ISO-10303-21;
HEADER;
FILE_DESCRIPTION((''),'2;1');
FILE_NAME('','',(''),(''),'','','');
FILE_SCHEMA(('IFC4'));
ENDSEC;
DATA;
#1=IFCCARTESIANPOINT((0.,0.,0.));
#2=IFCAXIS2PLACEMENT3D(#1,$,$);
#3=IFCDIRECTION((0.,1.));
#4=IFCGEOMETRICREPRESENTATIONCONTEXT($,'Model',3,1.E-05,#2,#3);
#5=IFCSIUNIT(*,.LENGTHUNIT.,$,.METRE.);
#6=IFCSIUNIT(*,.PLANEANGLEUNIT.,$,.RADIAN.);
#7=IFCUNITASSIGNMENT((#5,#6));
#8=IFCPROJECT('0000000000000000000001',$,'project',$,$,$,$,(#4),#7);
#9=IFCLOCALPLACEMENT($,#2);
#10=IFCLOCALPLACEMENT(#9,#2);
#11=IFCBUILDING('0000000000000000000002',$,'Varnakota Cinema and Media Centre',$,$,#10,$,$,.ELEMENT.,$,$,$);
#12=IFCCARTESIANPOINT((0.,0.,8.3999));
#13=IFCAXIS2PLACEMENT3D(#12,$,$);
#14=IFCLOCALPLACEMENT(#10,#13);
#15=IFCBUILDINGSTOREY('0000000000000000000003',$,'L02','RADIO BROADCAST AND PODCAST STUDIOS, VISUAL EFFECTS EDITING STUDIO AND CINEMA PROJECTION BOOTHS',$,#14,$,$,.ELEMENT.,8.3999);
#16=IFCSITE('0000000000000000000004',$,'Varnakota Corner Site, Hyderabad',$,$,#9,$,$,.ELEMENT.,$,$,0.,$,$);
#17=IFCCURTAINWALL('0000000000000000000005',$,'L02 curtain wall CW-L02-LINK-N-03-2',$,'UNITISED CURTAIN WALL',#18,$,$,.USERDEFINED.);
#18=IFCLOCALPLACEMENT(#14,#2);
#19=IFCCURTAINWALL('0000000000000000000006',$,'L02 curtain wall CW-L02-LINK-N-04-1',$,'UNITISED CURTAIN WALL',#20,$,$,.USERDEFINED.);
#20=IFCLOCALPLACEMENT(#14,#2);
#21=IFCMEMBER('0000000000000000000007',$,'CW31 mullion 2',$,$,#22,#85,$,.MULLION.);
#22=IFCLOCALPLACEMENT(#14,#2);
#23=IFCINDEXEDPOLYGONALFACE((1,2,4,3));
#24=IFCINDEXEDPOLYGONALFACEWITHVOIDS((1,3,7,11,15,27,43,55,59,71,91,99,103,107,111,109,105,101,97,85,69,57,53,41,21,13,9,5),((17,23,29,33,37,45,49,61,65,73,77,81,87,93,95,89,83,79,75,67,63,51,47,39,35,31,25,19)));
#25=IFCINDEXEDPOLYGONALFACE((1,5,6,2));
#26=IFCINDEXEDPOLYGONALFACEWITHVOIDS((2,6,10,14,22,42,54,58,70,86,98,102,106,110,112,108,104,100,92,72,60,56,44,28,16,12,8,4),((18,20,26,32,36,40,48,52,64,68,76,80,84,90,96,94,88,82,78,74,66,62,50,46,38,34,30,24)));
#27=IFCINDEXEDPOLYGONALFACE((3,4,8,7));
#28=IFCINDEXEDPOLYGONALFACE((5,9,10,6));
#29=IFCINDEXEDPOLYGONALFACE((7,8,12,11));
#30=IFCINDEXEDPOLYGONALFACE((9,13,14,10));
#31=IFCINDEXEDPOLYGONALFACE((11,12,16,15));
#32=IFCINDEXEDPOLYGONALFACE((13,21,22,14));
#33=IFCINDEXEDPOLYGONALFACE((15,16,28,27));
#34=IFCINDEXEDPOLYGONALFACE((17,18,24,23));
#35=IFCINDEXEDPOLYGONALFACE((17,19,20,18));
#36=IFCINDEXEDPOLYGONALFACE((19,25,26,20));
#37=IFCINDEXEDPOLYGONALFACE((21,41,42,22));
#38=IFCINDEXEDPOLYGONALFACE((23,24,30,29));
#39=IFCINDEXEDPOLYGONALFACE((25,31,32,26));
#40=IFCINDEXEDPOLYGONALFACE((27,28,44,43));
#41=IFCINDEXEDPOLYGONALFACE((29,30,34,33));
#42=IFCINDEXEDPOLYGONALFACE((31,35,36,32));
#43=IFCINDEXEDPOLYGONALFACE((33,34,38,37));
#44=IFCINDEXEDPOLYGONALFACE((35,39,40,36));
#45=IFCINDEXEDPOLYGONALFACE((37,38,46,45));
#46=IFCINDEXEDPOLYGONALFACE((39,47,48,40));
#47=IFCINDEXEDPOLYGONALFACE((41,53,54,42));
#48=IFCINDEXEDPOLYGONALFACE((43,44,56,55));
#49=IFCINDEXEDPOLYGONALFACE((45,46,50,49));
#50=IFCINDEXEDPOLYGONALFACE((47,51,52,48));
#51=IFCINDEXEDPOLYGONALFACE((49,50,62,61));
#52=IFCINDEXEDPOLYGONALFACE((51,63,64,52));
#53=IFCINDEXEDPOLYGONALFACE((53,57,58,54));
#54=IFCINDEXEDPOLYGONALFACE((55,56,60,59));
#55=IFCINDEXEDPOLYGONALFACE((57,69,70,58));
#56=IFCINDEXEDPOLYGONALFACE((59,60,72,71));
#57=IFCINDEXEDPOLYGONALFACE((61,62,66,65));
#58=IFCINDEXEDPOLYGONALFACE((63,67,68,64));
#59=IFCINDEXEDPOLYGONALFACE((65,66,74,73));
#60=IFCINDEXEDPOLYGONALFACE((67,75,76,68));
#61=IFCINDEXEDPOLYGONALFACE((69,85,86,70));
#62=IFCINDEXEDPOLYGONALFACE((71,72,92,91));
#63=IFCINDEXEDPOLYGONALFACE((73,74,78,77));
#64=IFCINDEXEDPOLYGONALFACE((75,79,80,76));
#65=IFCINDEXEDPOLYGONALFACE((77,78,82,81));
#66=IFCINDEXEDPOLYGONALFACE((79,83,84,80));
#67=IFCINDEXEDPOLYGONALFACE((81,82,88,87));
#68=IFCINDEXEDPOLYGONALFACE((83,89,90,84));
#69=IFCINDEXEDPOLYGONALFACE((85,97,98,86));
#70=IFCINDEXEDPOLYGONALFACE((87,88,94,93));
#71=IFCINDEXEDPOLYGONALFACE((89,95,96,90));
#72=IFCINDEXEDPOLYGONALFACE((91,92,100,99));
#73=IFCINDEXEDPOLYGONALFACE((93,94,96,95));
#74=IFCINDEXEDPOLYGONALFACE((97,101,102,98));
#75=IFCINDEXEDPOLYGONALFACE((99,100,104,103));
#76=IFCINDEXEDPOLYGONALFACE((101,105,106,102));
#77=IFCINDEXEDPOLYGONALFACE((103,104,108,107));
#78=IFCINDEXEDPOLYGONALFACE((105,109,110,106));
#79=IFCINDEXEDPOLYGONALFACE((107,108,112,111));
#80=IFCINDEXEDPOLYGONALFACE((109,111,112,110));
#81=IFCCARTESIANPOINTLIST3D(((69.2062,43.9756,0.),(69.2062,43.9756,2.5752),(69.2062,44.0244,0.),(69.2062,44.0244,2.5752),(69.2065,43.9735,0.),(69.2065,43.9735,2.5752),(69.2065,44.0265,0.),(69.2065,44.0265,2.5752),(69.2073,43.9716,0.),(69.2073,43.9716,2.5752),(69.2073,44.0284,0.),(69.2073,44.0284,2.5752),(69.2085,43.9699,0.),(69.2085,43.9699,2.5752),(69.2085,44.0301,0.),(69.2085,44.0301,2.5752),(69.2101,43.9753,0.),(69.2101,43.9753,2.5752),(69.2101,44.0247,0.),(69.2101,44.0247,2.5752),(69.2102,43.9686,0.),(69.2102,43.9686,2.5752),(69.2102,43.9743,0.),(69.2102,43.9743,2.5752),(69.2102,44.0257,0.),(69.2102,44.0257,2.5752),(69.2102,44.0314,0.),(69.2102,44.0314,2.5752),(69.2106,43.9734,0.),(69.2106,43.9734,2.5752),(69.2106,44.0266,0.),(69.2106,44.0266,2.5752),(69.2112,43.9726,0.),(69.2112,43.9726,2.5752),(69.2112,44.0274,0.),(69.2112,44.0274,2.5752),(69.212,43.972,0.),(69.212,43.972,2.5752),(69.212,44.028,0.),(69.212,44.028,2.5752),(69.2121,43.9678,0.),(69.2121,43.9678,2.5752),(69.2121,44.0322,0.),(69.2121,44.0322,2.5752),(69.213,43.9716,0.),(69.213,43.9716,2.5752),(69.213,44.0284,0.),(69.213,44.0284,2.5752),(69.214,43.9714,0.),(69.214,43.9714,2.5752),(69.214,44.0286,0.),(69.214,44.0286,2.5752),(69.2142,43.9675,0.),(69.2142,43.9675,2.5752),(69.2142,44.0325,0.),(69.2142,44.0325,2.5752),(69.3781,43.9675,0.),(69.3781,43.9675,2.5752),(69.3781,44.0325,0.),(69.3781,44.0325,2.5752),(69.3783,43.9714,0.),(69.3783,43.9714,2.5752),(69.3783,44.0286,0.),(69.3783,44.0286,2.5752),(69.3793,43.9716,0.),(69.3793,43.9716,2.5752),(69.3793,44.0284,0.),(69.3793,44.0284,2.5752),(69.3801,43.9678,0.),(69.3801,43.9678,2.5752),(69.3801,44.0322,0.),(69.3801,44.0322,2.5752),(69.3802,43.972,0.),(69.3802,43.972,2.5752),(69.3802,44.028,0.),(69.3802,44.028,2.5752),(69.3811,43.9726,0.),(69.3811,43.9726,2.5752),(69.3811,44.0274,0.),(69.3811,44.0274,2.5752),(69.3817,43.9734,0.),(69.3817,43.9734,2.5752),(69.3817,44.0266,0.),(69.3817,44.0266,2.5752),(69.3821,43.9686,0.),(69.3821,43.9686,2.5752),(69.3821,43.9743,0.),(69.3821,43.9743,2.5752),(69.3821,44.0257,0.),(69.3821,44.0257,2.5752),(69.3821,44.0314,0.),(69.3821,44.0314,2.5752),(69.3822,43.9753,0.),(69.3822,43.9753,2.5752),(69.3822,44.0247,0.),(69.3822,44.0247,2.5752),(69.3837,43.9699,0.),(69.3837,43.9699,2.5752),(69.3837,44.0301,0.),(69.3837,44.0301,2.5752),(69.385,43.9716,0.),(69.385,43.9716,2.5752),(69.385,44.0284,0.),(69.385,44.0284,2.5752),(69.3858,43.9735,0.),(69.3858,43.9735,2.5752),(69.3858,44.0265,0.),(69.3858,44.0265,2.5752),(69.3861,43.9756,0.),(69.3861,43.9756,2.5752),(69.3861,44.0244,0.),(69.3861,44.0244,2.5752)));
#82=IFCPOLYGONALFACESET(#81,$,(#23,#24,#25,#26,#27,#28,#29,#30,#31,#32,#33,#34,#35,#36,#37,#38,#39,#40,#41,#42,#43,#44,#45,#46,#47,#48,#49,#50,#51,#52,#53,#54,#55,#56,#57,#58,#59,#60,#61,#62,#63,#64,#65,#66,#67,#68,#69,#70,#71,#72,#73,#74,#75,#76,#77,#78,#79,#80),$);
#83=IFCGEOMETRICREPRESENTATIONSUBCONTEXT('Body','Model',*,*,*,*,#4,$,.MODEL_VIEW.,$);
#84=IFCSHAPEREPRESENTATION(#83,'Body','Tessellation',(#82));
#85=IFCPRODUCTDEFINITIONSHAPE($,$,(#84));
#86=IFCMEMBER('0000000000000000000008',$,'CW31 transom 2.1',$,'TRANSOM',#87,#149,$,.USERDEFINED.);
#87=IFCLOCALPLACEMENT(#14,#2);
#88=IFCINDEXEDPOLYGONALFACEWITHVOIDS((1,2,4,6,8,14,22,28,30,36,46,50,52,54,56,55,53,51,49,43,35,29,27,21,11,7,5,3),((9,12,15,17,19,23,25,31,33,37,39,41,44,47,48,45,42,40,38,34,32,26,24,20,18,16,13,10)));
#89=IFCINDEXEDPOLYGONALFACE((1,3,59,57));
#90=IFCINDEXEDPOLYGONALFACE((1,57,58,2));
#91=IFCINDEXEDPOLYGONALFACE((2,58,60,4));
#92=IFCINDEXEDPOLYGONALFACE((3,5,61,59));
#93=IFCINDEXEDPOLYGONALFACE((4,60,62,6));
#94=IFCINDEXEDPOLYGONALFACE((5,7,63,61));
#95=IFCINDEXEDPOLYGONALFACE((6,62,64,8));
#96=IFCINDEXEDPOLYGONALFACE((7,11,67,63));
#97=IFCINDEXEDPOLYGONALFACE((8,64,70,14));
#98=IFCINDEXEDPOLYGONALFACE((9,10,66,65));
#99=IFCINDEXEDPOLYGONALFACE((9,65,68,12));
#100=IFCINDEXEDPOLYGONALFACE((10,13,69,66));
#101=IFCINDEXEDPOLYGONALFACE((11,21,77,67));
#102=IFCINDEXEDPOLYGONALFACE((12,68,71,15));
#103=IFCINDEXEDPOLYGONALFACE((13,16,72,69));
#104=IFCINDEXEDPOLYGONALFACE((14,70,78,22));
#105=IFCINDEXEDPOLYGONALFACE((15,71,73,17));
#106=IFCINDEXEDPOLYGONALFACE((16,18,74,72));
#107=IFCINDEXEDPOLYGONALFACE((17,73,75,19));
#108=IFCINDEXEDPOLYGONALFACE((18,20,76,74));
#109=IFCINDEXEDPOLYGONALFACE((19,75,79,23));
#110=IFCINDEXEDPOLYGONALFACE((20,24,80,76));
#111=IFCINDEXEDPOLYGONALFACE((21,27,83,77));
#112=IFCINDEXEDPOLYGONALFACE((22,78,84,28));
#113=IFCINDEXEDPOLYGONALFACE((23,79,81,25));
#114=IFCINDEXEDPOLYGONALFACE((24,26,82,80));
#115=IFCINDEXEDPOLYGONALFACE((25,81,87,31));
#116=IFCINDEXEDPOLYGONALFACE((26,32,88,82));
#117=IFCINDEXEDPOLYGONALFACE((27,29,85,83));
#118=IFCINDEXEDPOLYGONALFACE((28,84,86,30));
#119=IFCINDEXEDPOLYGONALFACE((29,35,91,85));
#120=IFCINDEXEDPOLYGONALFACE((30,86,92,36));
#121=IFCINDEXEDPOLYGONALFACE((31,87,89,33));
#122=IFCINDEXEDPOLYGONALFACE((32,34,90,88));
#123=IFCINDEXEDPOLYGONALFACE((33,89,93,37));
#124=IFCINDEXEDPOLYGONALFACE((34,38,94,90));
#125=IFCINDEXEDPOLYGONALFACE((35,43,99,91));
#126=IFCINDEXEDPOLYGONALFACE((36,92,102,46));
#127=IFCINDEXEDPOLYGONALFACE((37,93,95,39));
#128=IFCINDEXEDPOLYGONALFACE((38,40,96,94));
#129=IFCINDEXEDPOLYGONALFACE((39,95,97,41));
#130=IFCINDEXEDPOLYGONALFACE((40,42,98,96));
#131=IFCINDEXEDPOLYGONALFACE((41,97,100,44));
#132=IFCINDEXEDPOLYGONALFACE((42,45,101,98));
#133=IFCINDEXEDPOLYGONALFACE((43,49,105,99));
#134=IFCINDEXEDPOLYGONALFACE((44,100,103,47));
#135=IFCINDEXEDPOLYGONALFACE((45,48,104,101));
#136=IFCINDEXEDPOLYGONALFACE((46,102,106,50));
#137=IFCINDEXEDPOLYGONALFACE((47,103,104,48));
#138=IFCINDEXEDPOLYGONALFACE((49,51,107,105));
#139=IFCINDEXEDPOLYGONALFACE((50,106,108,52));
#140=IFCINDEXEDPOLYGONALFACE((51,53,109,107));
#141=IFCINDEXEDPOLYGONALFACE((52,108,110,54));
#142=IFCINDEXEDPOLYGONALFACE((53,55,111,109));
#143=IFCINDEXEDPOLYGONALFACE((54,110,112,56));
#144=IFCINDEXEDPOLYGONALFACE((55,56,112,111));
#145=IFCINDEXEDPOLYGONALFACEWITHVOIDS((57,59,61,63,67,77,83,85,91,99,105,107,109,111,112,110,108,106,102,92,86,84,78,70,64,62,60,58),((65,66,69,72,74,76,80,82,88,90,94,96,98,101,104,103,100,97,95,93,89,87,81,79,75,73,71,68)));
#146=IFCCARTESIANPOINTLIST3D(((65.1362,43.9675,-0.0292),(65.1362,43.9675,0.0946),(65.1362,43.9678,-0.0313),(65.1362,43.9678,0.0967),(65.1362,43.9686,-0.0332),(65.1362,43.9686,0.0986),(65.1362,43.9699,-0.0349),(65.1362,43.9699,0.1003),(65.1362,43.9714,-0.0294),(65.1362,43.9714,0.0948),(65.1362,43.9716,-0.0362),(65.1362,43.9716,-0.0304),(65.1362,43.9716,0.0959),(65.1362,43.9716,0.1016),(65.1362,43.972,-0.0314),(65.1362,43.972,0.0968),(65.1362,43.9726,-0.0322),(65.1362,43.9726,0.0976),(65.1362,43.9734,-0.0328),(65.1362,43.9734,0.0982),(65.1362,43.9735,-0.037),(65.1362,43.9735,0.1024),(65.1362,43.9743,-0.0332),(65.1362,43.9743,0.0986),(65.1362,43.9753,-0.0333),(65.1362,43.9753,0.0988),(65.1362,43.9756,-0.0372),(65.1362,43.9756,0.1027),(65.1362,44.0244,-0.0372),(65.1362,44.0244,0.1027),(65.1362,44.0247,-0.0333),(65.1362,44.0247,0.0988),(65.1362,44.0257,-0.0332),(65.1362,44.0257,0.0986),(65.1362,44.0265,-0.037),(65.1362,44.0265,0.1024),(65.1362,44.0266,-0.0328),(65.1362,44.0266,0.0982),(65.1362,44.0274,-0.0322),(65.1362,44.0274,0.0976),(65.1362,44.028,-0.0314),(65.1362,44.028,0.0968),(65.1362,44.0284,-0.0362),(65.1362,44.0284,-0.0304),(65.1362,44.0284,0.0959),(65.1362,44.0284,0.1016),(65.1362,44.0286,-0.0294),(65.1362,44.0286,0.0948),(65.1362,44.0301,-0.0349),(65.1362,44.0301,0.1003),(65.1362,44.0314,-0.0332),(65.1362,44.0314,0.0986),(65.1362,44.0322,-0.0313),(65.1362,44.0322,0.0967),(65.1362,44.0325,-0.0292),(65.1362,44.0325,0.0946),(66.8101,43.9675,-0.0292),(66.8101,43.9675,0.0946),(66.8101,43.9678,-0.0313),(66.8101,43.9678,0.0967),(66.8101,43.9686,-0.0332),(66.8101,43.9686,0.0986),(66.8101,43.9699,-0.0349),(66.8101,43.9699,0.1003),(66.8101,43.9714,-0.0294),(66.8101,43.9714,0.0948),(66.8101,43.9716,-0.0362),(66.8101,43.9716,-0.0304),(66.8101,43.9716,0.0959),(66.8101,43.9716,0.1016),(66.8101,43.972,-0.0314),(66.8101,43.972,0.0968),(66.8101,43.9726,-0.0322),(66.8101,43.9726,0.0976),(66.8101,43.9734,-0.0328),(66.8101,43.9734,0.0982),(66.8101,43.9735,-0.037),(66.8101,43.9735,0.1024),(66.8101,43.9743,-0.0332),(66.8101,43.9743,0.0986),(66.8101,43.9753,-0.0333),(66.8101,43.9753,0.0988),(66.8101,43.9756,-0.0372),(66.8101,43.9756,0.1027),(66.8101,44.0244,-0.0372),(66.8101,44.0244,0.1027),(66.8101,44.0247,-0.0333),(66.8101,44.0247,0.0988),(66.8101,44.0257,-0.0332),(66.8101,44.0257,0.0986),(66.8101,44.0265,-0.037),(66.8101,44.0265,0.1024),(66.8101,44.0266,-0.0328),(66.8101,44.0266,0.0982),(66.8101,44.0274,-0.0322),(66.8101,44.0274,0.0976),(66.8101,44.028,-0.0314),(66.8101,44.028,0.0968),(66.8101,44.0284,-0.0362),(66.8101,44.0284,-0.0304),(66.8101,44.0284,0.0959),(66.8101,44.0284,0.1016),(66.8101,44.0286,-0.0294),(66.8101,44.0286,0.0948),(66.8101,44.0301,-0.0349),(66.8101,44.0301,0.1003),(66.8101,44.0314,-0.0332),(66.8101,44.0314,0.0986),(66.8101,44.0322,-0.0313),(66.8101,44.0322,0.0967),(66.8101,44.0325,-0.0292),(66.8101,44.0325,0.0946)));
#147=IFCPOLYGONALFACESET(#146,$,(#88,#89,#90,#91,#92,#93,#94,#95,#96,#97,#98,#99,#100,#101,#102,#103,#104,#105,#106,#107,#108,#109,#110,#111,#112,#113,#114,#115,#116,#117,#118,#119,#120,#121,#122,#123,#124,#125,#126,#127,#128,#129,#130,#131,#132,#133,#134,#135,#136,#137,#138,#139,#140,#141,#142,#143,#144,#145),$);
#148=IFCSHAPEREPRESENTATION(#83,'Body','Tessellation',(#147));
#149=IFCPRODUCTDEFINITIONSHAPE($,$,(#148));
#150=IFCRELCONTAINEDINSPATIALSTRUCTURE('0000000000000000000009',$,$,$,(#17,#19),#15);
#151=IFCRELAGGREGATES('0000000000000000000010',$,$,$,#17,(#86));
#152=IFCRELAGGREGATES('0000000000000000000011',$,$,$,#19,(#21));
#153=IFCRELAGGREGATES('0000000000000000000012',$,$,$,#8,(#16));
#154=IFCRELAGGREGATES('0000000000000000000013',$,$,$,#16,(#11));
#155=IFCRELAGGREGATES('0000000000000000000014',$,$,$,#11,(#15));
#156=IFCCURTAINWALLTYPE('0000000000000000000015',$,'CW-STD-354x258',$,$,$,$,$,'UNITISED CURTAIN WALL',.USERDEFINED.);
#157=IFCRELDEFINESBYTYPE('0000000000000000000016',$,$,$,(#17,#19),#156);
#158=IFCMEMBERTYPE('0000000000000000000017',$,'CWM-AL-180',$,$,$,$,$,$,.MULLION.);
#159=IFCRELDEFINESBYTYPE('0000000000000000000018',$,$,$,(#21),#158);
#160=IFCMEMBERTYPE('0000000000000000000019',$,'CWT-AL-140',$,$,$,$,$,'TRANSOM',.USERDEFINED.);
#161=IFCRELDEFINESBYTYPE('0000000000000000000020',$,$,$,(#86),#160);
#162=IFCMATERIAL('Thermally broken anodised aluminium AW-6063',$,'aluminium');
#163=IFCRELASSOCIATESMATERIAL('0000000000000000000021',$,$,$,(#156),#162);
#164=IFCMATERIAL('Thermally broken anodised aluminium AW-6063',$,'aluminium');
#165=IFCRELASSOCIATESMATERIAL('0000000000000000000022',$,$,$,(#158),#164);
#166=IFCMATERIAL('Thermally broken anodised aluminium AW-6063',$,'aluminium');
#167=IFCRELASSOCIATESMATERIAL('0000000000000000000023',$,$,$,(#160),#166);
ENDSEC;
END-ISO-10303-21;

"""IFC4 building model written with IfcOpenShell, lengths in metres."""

from ifc_helpers import new_model, si_unit, direction, frame, origin, origin_2d, place, context, subcontext, project, spatial, hollow_rectangle, extrude, material, material_profile, profile_set, type_object, element, aggregate, save


model = new_model("IFC4")

# Units and contexts
model_context = context("Model", 3, precision=1e-05, world=origin(), true_north=direction((0.0, 1.0)))
body_context = subcontext(model_context, "Body", "Model", "MODEL_VIEW")
ifc_project = project(units=[si_unit("LENGTHUNIT", "METRE"), si_unit("PLANEANGLEUNIT", "RADIAN")], contexts=[model_context])

# Site, building, storey
site_placement = place(None, origin())
site = spatial("IfcSite", under=ifc_project, at=site_placement, Name="Varnakota Corner Site, Hyderabad", CompositionType="ELEMENT", RefElevation=0.0)
building_placement = place(site_placement, origin())
building = spatial("IfcBuilding", under=site, at=building_placement, Name="Varnakota Cinema and Media Centre", CompositionType="ELEMENT")
storey_placement = place(building_placement, frame((0.0, 0.0, 8.3999)))
storey = spatial("IfcBuildingStorey", under=building, at=storey_placement, Name="L02", Description="RADIO BROADCAST AND PODCAST STUDIOS, VISUAL EFFECTS EDITING STUDIO AND CINEMA PROJECTION BOOTHS", CompositionType="ELEMENT", Elevation=8.3999)

# Curtain wall
ifc_material_1 = material(Name="Thermally broken anodised aluminium AW-6063", Category="aluminium")
curtain_wall_type = type_object("IfcCurtainWallType", Name="CW-STD-354x258", ElementType="UNITISED CURTAIN WALL", PredefinedType="USERDEFINED", material=ifc_material_1)
curtain_wall_1_placement = place(storey_placement, origin())
curtain_wall_1 = element("IfcCurtainWall", 1, at=curtain_wall_1_placement, inside=storey, type_object=curtain_wall_type, Name="L02 curtain wall CW-L02-LINK-N-03-2", ObjectType="UNITISED CURTAIN WALL", PredefinedType="USERDEFINED")
ifc_material_2 = material(Name="Thermally broken anodised aluminium AW-6063", Category="aluminium")
ifc_material_profile_1 = material_profile(ifc_material_2, hollow_rectangle(XDim=0.0649, YDim=0.1799, WallThickness=0.0039, InnerFilletRadius=0.0039, OuterFilletRadius=0.0081, at=origin_2d()), Name="AL-MULLION 180x65x4")
ifc_profile_set_1 = profile_set([ifc_material_profile_1], Name="Thermally broken anodised aluminium AW-6063")
member_type_1 = type_object("IfcMemberType", Name="CWM-AL-180", PredefinedType="MULLION", material=ifc_profile_set_1)

# Curtain wall, member
curtain_wall_2_placement = place(storey_placement, origin())
curtain_wall_2 = element("IfcCurtainWall", 2, at=curtain_wall_2_placement, inside=storey, type_object=curtain_wall_type, Name="L02 curtain wall CW-L02-LINK-N-04-1", ObjectType="UNITISED CURTAIN WALL", PredefinedType="USERDEFINED")
member_1_placement = place(storey_placement, frame((69.2961, 44.0, 0.0), z_axis=(0.0, 0.0, 1.0), x_axis=(0.0, 1.0, 0.0)))
member_1 = element("IfcMember", 3, at=member_1_placement, type_object=member_type_1, Name="CW31 mullion 2", PredefinedType="MULLION", context=body_context, shape_type="SweptSolid", body=[
    extrude(hollow_rectangle(XDim=0.0649, YDim=0.1799, WallThickness=0.0039, InnerFilletRadius=0.0039, OuterFilletRadius=0.0081, at=origin_2d()), origin(), (0.0, 0.0, 1.0), 2.5752),
])

# Member
ifc_material_3 = material(Name="Thermally broken anodised aluminium AW-6063", Category="aluminium")
ifc_material_profile_2 = material_profile(ifc_material_3, hollow_rectangle(XDim=0.0649, YDim=0.1399, WallThickness=0.0039, InnerFilletRadius=0.0039, OuterFilletRadius=0.0081, at=origin_2d()), Name="AL-TRANSOM 140x65x4")
ifc_profile_set_2 = profile_set([ifc_material_profile_2], Name="Thermally broken anodised aluminium AW-6063")
member_type_2 = type_object("IfcMemberType", Name="CWT-AL-140", ElementType="TRANSOM", PredefinedType="USERDEFINED", material=ifc_profile_set_2)
member_2_placement = place(storey_placement, frame((65.1362, 44.0, 0.0327), z_axis=(1.0, 0.0, 0.0), x_axis=(0.0, 1.0, 0.0)))
member_2 = element("IfcMember", 4, at=member_2_placement, type_object=member_type_2, Name="CW31 transom 2.1", ObjectType="TRANSOM", PredefinedType="USERDEFINED", context=body_context, shape_type="SweptSolid", body=[
    extrude(hollow_rectangle(XDim=0.0649, YDim=0.1399, WallThickness=0.0039, InnerFilletRadius=0.0039, OuterFilletRadius=0.0081, at=origin_2d()), origin(), (0.0, 0.0, 1.0), 1.6738),
])

aggregate(curtain_wall_1, [member_2])
aggregate(curtain_wall_2, [member_1])

save(model, "model.ifc")
